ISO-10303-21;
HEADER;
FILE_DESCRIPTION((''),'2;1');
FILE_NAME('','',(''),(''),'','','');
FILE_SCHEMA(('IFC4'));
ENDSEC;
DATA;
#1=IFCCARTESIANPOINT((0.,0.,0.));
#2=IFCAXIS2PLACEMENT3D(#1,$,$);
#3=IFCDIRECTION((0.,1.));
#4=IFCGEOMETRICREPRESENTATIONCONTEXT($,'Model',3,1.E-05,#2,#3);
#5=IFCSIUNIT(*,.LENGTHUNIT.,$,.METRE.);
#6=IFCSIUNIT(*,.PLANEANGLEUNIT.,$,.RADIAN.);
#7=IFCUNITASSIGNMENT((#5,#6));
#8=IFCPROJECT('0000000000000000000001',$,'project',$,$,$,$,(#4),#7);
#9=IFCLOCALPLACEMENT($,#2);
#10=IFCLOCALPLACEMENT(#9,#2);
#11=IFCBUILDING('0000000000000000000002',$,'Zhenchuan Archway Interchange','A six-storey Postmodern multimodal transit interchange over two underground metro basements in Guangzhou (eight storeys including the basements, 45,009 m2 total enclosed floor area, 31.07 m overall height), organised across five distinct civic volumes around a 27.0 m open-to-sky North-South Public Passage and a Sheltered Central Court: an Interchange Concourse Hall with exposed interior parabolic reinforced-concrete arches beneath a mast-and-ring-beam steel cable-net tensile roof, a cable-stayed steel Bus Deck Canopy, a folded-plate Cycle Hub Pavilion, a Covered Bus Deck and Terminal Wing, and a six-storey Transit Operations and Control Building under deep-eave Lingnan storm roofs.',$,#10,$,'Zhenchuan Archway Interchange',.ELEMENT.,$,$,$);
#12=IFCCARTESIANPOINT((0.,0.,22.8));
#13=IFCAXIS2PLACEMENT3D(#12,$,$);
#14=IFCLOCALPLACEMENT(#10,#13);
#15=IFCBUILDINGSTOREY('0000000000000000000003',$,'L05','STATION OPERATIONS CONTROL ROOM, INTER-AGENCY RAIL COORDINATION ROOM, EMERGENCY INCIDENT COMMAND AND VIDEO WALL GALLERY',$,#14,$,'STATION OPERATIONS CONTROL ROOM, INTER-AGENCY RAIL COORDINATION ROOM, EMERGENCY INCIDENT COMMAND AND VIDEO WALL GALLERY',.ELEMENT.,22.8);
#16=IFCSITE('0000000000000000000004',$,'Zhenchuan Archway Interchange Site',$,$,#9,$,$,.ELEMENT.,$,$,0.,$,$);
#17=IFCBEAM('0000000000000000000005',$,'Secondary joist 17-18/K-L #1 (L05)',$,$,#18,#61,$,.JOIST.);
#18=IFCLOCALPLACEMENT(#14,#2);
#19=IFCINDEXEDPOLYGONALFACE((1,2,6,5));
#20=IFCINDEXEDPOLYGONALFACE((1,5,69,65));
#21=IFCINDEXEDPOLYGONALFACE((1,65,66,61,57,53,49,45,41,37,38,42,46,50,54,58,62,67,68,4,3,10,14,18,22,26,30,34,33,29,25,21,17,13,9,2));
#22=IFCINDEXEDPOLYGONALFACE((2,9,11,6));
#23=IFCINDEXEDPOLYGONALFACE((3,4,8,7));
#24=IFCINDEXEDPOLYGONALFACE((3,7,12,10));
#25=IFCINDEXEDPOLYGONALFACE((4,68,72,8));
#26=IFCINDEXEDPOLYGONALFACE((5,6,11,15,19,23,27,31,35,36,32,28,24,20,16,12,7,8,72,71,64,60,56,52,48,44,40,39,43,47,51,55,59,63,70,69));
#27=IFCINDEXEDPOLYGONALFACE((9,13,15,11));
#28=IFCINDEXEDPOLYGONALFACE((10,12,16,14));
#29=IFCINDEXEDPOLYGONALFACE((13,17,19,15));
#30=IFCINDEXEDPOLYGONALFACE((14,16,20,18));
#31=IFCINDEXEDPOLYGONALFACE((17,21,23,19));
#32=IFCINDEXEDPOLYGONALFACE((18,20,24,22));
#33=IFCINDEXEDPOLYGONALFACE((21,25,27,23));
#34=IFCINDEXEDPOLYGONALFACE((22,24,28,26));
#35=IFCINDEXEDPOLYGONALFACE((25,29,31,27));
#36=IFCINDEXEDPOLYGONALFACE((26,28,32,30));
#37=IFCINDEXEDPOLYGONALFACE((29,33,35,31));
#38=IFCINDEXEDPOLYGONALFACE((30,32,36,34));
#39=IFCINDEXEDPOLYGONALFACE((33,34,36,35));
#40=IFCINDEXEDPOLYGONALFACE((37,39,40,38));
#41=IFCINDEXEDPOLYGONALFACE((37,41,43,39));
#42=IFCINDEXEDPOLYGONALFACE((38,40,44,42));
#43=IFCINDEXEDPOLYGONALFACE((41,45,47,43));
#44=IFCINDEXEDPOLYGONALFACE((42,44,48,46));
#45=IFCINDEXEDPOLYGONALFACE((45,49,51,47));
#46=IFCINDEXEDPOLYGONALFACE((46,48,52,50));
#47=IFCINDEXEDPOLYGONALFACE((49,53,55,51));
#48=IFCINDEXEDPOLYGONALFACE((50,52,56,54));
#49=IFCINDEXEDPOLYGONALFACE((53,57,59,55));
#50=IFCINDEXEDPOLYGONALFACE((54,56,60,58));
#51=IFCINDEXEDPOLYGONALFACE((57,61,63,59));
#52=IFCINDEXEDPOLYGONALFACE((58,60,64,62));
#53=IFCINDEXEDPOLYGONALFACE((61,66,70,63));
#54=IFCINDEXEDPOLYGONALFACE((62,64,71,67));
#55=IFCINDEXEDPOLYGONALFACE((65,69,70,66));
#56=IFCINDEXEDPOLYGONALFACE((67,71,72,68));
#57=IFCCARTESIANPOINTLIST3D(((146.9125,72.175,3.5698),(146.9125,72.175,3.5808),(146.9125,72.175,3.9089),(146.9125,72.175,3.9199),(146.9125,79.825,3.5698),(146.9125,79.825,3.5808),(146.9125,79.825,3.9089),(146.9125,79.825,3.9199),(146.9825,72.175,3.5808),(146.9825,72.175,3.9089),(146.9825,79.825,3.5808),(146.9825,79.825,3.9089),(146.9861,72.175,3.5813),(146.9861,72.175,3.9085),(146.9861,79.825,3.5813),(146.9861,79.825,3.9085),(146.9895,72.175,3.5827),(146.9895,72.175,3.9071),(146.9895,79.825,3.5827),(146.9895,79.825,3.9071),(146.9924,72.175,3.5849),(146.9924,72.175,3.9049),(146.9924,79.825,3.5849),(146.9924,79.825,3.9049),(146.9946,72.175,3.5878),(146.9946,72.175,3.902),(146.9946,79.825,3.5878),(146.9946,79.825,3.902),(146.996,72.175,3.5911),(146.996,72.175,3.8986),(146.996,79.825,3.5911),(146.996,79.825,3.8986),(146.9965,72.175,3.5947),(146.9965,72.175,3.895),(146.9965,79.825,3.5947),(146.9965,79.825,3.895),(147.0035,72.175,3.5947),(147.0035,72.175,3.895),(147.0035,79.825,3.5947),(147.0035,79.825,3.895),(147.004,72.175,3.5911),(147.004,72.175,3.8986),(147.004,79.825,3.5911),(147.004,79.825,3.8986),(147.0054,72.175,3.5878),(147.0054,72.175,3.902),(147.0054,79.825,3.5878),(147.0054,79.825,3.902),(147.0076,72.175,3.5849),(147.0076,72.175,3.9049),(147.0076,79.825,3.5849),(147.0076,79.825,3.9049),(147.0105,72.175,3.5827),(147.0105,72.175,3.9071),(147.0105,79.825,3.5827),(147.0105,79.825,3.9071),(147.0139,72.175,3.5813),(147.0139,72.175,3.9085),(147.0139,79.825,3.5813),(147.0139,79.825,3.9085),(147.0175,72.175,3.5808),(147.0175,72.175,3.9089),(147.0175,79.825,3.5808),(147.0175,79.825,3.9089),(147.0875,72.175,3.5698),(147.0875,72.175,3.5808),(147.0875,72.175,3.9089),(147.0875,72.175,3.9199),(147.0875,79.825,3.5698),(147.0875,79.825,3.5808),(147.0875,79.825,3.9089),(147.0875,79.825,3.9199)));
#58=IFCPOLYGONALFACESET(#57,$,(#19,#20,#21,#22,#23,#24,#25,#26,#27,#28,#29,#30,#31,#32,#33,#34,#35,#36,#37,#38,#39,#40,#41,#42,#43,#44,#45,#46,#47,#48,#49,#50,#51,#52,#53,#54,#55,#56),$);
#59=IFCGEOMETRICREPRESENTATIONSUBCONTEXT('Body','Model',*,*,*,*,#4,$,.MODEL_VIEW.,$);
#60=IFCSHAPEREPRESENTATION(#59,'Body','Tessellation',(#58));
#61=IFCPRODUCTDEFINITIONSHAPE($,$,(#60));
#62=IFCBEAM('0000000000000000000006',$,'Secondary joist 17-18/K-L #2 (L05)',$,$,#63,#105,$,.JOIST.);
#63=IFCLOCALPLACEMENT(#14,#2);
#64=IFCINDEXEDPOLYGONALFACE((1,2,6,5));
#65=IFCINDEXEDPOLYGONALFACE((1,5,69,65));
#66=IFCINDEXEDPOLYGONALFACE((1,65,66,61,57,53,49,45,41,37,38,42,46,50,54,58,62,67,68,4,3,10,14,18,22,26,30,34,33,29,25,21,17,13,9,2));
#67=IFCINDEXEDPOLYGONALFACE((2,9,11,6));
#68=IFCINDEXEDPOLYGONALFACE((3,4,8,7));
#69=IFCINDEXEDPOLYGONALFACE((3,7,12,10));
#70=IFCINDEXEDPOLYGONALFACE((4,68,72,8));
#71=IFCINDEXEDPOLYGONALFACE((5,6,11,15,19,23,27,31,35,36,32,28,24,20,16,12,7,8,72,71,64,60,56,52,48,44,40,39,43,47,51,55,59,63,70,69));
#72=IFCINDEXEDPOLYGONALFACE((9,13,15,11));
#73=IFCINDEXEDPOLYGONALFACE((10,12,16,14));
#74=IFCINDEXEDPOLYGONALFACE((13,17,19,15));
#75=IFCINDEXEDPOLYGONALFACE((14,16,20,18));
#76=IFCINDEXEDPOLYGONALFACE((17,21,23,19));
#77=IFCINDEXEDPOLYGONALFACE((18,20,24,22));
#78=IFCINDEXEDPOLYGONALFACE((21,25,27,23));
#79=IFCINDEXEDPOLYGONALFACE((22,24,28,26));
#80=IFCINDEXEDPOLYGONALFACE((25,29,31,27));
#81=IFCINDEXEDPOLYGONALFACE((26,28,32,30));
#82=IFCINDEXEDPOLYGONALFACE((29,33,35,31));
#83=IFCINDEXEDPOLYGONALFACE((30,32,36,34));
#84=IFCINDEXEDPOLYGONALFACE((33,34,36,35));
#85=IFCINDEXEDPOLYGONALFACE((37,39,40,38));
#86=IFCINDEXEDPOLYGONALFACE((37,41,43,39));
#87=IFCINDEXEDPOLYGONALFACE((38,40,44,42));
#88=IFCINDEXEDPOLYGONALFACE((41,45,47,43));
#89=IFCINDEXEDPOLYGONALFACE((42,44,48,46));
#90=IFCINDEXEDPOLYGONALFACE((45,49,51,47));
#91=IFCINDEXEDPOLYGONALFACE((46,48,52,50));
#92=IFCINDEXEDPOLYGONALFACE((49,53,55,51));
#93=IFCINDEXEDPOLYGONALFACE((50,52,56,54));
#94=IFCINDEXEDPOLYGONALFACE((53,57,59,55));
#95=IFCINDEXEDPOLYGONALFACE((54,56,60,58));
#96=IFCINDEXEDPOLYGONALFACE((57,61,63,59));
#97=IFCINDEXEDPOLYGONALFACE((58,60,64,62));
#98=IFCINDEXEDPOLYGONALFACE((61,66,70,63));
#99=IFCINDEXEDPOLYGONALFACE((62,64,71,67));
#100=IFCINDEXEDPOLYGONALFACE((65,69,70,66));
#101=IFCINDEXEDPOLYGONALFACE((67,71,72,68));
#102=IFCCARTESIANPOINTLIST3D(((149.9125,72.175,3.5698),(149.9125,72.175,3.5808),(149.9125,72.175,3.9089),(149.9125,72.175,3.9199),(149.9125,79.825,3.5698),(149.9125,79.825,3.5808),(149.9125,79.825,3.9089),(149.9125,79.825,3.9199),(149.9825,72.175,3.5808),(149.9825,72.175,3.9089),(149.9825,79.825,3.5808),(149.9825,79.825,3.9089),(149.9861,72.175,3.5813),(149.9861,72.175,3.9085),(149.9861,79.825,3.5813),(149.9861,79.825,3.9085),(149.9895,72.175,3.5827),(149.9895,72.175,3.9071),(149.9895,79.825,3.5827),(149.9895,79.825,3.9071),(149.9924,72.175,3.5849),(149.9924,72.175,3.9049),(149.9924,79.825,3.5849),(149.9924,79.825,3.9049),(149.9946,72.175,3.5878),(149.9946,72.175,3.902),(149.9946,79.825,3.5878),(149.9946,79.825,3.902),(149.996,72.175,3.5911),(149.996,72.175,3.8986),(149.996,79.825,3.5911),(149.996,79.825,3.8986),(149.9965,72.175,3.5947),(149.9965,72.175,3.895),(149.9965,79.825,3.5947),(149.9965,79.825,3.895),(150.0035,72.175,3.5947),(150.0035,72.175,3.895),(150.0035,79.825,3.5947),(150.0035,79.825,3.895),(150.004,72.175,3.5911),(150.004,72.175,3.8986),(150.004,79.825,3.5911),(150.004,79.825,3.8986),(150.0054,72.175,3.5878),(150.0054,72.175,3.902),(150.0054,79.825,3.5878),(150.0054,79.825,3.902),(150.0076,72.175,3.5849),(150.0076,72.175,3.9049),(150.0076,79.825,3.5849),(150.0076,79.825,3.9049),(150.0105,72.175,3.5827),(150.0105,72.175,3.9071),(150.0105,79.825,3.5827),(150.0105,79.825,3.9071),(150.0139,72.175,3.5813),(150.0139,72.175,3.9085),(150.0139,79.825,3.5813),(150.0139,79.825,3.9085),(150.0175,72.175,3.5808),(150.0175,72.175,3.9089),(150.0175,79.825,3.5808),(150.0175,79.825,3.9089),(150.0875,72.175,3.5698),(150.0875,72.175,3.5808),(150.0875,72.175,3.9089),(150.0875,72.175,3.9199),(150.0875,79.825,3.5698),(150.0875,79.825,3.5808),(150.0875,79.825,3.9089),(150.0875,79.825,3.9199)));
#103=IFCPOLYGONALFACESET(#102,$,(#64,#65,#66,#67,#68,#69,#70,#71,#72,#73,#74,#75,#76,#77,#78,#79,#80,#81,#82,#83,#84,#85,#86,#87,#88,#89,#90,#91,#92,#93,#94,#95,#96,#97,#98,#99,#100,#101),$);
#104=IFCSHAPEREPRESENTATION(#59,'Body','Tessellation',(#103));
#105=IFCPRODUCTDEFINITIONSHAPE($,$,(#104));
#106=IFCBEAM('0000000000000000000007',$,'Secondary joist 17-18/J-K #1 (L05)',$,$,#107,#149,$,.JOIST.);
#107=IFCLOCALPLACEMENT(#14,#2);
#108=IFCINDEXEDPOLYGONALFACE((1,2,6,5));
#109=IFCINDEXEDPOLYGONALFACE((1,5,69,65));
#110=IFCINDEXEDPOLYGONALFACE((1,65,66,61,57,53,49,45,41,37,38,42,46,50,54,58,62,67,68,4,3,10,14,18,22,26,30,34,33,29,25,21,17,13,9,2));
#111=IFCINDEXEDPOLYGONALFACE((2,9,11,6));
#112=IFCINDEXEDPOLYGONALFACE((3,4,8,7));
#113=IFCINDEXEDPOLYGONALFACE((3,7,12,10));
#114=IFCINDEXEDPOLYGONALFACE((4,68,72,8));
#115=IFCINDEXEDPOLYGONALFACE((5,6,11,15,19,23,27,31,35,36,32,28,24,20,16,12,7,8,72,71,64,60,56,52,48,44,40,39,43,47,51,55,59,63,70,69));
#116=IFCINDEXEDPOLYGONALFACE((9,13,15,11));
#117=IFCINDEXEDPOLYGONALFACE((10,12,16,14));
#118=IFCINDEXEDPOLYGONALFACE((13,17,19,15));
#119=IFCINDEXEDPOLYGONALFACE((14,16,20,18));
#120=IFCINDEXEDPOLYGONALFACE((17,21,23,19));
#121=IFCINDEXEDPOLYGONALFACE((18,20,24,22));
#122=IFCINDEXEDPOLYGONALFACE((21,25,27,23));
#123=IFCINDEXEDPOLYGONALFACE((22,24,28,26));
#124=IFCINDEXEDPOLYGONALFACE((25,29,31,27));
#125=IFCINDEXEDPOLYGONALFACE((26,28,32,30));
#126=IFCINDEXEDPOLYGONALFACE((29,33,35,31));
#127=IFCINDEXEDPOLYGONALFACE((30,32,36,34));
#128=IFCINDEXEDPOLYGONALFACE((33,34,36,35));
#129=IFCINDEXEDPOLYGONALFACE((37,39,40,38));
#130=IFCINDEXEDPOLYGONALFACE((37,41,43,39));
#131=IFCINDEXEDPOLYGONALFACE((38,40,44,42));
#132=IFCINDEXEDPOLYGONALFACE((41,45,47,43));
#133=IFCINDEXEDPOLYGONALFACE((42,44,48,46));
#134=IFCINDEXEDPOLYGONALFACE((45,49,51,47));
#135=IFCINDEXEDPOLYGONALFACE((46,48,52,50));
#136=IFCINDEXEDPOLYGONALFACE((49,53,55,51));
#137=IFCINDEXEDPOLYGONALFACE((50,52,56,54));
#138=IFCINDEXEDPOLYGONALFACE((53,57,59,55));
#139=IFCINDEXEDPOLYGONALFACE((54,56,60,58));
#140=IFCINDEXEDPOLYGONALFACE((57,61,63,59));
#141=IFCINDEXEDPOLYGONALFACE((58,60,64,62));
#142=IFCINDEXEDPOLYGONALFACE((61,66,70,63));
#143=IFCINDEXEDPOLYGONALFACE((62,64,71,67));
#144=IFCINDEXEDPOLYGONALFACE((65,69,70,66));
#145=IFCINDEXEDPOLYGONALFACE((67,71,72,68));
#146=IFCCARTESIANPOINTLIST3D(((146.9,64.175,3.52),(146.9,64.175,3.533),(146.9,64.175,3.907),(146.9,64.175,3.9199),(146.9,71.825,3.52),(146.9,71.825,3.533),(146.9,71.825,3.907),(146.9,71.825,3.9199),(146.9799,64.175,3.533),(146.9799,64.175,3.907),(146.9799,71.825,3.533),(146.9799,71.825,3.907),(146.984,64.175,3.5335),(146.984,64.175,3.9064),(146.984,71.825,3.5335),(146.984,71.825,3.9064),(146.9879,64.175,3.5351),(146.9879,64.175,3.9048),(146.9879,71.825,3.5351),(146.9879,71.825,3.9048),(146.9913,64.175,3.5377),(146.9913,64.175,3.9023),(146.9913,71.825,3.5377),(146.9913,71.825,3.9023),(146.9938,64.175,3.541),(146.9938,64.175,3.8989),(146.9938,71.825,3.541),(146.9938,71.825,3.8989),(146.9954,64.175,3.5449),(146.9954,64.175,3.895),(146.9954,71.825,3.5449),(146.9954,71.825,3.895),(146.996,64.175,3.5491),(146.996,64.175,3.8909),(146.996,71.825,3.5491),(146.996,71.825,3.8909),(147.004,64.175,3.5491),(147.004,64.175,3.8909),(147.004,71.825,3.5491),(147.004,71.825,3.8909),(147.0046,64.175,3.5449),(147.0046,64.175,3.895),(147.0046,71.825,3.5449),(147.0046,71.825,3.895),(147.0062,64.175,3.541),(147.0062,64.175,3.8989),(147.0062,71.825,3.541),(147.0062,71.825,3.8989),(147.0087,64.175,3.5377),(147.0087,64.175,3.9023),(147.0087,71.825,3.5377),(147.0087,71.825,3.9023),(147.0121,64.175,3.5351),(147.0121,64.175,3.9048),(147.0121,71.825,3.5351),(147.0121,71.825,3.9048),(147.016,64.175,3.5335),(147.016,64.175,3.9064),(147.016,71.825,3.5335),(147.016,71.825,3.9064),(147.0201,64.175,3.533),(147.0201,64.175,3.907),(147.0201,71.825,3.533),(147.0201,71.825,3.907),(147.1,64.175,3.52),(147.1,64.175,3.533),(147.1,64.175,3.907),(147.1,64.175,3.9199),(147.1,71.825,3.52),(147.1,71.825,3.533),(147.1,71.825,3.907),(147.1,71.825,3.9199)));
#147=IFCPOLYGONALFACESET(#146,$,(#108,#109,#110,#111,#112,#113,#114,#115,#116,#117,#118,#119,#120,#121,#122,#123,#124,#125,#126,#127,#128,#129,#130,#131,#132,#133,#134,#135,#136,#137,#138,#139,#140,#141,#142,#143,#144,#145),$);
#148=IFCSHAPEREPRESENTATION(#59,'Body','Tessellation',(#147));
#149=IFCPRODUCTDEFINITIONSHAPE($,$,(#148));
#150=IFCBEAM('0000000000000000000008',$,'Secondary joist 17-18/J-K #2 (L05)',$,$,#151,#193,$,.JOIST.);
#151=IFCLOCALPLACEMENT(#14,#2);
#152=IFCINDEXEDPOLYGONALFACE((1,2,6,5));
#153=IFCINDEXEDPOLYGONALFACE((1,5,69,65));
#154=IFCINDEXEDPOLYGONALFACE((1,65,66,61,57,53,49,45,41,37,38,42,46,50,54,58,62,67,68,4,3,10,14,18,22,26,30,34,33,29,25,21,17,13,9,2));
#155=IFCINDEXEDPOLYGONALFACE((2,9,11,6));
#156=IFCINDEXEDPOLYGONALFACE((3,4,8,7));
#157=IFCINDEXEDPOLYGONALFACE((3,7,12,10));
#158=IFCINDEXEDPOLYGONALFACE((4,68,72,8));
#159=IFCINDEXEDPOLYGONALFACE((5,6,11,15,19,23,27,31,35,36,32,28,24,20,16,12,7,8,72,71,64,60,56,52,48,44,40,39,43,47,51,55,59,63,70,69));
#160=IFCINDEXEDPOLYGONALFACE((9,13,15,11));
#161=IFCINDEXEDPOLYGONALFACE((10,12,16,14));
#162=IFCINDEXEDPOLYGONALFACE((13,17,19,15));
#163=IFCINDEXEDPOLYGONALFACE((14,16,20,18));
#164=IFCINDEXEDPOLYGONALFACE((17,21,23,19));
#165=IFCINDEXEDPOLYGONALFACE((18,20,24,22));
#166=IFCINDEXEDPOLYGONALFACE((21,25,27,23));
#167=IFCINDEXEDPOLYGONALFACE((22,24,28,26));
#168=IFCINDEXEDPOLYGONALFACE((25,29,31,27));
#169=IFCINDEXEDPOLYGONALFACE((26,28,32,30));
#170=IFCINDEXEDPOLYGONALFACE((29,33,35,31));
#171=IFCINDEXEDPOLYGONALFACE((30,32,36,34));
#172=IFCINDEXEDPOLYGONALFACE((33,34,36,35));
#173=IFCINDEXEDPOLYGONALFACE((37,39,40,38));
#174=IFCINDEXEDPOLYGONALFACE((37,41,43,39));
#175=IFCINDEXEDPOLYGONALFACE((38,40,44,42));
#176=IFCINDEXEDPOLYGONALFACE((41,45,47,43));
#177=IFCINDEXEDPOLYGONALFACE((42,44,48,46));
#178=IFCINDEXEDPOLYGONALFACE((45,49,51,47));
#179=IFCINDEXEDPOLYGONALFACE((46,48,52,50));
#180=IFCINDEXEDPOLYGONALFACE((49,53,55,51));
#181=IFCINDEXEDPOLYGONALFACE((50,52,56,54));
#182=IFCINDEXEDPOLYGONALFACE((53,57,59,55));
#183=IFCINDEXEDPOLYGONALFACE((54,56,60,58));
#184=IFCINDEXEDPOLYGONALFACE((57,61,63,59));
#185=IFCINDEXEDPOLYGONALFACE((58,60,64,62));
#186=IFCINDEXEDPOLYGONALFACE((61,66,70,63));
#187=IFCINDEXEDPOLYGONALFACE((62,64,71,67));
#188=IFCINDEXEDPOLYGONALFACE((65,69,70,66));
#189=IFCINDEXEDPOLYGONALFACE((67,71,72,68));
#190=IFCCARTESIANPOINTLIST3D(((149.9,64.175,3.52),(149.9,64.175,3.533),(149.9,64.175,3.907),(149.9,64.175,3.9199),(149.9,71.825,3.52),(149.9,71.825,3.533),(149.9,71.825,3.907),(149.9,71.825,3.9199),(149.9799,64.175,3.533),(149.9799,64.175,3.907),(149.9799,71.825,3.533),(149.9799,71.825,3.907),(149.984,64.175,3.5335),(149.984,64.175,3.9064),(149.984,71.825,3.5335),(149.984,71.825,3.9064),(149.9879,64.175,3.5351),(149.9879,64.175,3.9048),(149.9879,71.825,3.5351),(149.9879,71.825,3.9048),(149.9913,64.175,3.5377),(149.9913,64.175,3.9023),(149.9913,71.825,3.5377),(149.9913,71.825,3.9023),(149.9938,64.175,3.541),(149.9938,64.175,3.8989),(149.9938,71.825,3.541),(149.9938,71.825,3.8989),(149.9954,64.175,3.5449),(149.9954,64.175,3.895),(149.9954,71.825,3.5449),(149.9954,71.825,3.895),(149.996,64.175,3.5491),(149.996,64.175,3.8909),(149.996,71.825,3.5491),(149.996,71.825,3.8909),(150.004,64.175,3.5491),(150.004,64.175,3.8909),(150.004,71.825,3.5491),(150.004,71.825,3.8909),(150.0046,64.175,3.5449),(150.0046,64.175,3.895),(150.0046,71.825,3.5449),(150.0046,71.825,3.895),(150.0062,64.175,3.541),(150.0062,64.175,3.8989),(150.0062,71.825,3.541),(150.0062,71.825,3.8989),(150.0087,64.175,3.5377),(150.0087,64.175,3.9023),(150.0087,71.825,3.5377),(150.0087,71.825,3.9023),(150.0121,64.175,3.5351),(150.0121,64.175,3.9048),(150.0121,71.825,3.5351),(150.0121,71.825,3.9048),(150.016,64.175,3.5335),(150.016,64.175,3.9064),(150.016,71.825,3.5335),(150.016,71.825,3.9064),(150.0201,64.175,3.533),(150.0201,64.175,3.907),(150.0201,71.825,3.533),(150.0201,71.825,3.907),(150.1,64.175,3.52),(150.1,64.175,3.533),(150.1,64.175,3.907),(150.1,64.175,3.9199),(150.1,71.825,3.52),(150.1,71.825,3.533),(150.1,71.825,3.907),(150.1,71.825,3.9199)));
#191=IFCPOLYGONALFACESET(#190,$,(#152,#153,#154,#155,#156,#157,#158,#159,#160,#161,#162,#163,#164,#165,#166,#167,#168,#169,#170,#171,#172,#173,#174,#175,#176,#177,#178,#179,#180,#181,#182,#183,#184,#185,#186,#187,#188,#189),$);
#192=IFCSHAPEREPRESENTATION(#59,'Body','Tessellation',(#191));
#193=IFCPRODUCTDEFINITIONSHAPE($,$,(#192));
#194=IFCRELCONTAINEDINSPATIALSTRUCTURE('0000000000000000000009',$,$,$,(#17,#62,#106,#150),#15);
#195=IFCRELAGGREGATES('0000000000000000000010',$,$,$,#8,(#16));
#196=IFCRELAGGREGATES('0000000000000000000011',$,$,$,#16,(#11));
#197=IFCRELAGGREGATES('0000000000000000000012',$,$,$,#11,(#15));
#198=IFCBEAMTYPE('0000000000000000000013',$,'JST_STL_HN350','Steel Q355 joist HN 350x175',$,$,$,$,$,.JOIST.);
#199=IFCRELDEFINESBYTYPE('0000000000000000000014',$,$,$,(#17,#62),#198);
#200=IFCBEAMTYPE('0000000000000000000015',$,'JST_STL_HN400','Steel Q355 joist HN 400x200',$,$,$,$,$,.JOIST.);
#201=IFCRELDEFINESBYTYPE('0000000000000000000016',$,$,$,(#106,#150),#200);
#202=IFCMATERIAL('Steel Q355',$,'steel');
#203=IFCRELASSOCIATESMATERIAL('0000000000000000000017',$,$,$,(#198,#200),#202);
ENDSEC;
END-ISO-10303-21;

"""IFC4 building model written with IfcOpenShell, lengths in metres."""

from ifc_helpers import new_model, si_unit, direction, frame, origin, origin_2d, place, context, subcontext, project, spatial, i_section, extrude, material, material_profile, profile_set, type_object, element, save


model = new_model("IFC4")

# Units and contexts
model_context = context("Model", 3, precision=1e-05, world=origin(), true_north=direction((0.0, 1.0)))
body_context = subcontext(model_context, "Body", "Model", "MODEL_VIEW")
ifc_project = project(units=[si_unit("LENGTHUNIT", "METRE"), si_unit("PLANEANGLEUNIT", "RADIAN")], contexts=[model_context])

# Site, building, storey
site_placement = place(None, origin())
site = spatial("IfcSite", under=ifc_project, at=site_placement, Name="Zhenchuan Archway Interchange Site", CompositionType="ELEMENT", RefElevation=0.0)
building_placement = place(site_placement, origin())
building = spatial("IfcBuilding", under=site, at=building_placement, Name="Zhenchuan Archway Interchange", Description="A six-storey Postmodern multimodal transit interchange over two underground metro basements in Guangzhou (eight storeys including the basements, 45,009 m2 total enclosed floor area, 31.07 m overall height), organised across five distinct civic volumes around a 27.0 m open-to-sky North-South Public Passage and a Sheltered Central Court: an Interchange Concourse Hall with exposed interior parabolic reinforced-concrete arches beneath a mast-and-ring-beam steel cable-net tensile roof, a cable-stayed steel Bus Deck Canopy, a folded-plate Cycle Hub Pavilion, a Covered Bus Deck and Terminal Wing, and a six-storey Transit Operations and Control Building under deep-eave Lingnan storm roofs.", LongName="Zhenchuan Archway Interchange", CompositionType="ELEMENT")
storey_placement = place(building_placement, frame((0.0, 0.0, 22.8)))
storey = spatial("IfcBuildingStorey", under=building, at=storey_placement, Name="L05", Description="STATION OPERATIONS CONTROL ROOM, INTER-AGENCY RAIL COORDINATION ROOM, EMERGENCY INCIDENT COMMAND AND VIDEO WALL GALLERY", LongName="STATION OPERATIONS CONTROL ROOM, INTER-AGENCY RAIL COORDINATION ROOM, EMERGENCY INCIDENT COMMAND AND VIDEO WALL GALLERY", CompositionType="ELEMENT", Elevation=22.8)

# Beams
ifc_material_1 = material(Name="Steel Q355", Category="steel")
ifc_material_profile_1 = material_profile(ifc_material_1, i_section(OverallWidth=0.175, OverallDepth=0.3501, WebThickness=0.0071, FlangeThickness=0.011, FilletRadius=0.0139, at=origin_2d()), Name="HN 350x175")
ifc_profile_set_1 = profile_set([ifc_material_profile_1], Name="Steel Q355")
beam_type_1 = type_object("IfcBeamType", Name="JST_STL_HN350", Description="Steel Q355 joist HN 350x175", PredefinedType="JOIST", material=ifc_profile_set_1)
for number, where, z_axis, x_axis, name in (
    (1, (147.0, 72.175, 3.7449), (0.0, 1.0, 0.0), (-1.0, 0.0, 0.0), "Secondary joist 17-18/K-L #1 (L05)"),
    (2, (150.0, 72.175, 3.7449), (0.0, 1.0, 0.0), (-1.0, 0.0, 0.0), "Secondary joist 17-18/K-L #2 (L05)"),
):
    element("IfcBeam", number, at=place(storey_placement, frame(where, z_axis=z_axis, x_axis=x_axis)), inside=storey, type_object=beam_type_1, Name=name, PredefinedType="JOIST", context=body_context, shape_type="SweptSolid", body=[
        extrude(i_section(OverallWidth=0.175, OverallDepth=0.3501, WebThickness=0.0071, FlangeThickness=0.011, FilletRadius=0.0139, at=origin_2d()), origin(), (0.0, 0.0, 1.0), 7.6499),
    ])
ifc_material_profile_2 = material_profile(ifc_material_1, i_section(OverallWidth=0.2, OverallDepth=0.3999, WebThickness=0.0081, FlangeThickness=0.0129, FilletRadius=0.0161, at=origin_2d()), Name="HN 400x200")
ifc_profile_set_2 = profile_set([ifc_material_profile_2], Name="Steel Q355")
beam_type_2 = type_object("IfcBeamType", Name="JST_STL_HN400", Description="Steel Q355 joist HN 400x200", PredefinedType="JOIST", material=ifc_profile_set_2)
for number, where, z_axis, x_axis, name in (
    (3, (147.0, 64.175, 3.72), (0.0, 1.0, 0.0), (-1.0, 0.0, 0.0), "Secondary joist 17-18/J-K #1 (L05)"),
    (4, (150.0, 64.175, 3.72), (0.0, 1.0, 0.0), (-1.0, 0.0, 0.0), "Secondary joist 17-18/J-K #2 (L05)"),
):
    element("IfcBeam", number, at=place(storey_placement, frame(where, z_axis=z_axis, x_axis=x_axis)), inside=storey, type_object=beam_type_2, Name=name, PredefinedType="JOIST", context=body_context, shape_type="SweptSolid", body=[
        extrude(i_section(OverallWidth=0.2, OverallDepth=0.3999, WebThickness=0.0081, FlangeThickness=0.0129, FilletRadius=0.0161, at=origin_2d()), origin(), (0.0, 0.0, 1.0), 7.6499),
    ])

save(model, "model.ifc")
